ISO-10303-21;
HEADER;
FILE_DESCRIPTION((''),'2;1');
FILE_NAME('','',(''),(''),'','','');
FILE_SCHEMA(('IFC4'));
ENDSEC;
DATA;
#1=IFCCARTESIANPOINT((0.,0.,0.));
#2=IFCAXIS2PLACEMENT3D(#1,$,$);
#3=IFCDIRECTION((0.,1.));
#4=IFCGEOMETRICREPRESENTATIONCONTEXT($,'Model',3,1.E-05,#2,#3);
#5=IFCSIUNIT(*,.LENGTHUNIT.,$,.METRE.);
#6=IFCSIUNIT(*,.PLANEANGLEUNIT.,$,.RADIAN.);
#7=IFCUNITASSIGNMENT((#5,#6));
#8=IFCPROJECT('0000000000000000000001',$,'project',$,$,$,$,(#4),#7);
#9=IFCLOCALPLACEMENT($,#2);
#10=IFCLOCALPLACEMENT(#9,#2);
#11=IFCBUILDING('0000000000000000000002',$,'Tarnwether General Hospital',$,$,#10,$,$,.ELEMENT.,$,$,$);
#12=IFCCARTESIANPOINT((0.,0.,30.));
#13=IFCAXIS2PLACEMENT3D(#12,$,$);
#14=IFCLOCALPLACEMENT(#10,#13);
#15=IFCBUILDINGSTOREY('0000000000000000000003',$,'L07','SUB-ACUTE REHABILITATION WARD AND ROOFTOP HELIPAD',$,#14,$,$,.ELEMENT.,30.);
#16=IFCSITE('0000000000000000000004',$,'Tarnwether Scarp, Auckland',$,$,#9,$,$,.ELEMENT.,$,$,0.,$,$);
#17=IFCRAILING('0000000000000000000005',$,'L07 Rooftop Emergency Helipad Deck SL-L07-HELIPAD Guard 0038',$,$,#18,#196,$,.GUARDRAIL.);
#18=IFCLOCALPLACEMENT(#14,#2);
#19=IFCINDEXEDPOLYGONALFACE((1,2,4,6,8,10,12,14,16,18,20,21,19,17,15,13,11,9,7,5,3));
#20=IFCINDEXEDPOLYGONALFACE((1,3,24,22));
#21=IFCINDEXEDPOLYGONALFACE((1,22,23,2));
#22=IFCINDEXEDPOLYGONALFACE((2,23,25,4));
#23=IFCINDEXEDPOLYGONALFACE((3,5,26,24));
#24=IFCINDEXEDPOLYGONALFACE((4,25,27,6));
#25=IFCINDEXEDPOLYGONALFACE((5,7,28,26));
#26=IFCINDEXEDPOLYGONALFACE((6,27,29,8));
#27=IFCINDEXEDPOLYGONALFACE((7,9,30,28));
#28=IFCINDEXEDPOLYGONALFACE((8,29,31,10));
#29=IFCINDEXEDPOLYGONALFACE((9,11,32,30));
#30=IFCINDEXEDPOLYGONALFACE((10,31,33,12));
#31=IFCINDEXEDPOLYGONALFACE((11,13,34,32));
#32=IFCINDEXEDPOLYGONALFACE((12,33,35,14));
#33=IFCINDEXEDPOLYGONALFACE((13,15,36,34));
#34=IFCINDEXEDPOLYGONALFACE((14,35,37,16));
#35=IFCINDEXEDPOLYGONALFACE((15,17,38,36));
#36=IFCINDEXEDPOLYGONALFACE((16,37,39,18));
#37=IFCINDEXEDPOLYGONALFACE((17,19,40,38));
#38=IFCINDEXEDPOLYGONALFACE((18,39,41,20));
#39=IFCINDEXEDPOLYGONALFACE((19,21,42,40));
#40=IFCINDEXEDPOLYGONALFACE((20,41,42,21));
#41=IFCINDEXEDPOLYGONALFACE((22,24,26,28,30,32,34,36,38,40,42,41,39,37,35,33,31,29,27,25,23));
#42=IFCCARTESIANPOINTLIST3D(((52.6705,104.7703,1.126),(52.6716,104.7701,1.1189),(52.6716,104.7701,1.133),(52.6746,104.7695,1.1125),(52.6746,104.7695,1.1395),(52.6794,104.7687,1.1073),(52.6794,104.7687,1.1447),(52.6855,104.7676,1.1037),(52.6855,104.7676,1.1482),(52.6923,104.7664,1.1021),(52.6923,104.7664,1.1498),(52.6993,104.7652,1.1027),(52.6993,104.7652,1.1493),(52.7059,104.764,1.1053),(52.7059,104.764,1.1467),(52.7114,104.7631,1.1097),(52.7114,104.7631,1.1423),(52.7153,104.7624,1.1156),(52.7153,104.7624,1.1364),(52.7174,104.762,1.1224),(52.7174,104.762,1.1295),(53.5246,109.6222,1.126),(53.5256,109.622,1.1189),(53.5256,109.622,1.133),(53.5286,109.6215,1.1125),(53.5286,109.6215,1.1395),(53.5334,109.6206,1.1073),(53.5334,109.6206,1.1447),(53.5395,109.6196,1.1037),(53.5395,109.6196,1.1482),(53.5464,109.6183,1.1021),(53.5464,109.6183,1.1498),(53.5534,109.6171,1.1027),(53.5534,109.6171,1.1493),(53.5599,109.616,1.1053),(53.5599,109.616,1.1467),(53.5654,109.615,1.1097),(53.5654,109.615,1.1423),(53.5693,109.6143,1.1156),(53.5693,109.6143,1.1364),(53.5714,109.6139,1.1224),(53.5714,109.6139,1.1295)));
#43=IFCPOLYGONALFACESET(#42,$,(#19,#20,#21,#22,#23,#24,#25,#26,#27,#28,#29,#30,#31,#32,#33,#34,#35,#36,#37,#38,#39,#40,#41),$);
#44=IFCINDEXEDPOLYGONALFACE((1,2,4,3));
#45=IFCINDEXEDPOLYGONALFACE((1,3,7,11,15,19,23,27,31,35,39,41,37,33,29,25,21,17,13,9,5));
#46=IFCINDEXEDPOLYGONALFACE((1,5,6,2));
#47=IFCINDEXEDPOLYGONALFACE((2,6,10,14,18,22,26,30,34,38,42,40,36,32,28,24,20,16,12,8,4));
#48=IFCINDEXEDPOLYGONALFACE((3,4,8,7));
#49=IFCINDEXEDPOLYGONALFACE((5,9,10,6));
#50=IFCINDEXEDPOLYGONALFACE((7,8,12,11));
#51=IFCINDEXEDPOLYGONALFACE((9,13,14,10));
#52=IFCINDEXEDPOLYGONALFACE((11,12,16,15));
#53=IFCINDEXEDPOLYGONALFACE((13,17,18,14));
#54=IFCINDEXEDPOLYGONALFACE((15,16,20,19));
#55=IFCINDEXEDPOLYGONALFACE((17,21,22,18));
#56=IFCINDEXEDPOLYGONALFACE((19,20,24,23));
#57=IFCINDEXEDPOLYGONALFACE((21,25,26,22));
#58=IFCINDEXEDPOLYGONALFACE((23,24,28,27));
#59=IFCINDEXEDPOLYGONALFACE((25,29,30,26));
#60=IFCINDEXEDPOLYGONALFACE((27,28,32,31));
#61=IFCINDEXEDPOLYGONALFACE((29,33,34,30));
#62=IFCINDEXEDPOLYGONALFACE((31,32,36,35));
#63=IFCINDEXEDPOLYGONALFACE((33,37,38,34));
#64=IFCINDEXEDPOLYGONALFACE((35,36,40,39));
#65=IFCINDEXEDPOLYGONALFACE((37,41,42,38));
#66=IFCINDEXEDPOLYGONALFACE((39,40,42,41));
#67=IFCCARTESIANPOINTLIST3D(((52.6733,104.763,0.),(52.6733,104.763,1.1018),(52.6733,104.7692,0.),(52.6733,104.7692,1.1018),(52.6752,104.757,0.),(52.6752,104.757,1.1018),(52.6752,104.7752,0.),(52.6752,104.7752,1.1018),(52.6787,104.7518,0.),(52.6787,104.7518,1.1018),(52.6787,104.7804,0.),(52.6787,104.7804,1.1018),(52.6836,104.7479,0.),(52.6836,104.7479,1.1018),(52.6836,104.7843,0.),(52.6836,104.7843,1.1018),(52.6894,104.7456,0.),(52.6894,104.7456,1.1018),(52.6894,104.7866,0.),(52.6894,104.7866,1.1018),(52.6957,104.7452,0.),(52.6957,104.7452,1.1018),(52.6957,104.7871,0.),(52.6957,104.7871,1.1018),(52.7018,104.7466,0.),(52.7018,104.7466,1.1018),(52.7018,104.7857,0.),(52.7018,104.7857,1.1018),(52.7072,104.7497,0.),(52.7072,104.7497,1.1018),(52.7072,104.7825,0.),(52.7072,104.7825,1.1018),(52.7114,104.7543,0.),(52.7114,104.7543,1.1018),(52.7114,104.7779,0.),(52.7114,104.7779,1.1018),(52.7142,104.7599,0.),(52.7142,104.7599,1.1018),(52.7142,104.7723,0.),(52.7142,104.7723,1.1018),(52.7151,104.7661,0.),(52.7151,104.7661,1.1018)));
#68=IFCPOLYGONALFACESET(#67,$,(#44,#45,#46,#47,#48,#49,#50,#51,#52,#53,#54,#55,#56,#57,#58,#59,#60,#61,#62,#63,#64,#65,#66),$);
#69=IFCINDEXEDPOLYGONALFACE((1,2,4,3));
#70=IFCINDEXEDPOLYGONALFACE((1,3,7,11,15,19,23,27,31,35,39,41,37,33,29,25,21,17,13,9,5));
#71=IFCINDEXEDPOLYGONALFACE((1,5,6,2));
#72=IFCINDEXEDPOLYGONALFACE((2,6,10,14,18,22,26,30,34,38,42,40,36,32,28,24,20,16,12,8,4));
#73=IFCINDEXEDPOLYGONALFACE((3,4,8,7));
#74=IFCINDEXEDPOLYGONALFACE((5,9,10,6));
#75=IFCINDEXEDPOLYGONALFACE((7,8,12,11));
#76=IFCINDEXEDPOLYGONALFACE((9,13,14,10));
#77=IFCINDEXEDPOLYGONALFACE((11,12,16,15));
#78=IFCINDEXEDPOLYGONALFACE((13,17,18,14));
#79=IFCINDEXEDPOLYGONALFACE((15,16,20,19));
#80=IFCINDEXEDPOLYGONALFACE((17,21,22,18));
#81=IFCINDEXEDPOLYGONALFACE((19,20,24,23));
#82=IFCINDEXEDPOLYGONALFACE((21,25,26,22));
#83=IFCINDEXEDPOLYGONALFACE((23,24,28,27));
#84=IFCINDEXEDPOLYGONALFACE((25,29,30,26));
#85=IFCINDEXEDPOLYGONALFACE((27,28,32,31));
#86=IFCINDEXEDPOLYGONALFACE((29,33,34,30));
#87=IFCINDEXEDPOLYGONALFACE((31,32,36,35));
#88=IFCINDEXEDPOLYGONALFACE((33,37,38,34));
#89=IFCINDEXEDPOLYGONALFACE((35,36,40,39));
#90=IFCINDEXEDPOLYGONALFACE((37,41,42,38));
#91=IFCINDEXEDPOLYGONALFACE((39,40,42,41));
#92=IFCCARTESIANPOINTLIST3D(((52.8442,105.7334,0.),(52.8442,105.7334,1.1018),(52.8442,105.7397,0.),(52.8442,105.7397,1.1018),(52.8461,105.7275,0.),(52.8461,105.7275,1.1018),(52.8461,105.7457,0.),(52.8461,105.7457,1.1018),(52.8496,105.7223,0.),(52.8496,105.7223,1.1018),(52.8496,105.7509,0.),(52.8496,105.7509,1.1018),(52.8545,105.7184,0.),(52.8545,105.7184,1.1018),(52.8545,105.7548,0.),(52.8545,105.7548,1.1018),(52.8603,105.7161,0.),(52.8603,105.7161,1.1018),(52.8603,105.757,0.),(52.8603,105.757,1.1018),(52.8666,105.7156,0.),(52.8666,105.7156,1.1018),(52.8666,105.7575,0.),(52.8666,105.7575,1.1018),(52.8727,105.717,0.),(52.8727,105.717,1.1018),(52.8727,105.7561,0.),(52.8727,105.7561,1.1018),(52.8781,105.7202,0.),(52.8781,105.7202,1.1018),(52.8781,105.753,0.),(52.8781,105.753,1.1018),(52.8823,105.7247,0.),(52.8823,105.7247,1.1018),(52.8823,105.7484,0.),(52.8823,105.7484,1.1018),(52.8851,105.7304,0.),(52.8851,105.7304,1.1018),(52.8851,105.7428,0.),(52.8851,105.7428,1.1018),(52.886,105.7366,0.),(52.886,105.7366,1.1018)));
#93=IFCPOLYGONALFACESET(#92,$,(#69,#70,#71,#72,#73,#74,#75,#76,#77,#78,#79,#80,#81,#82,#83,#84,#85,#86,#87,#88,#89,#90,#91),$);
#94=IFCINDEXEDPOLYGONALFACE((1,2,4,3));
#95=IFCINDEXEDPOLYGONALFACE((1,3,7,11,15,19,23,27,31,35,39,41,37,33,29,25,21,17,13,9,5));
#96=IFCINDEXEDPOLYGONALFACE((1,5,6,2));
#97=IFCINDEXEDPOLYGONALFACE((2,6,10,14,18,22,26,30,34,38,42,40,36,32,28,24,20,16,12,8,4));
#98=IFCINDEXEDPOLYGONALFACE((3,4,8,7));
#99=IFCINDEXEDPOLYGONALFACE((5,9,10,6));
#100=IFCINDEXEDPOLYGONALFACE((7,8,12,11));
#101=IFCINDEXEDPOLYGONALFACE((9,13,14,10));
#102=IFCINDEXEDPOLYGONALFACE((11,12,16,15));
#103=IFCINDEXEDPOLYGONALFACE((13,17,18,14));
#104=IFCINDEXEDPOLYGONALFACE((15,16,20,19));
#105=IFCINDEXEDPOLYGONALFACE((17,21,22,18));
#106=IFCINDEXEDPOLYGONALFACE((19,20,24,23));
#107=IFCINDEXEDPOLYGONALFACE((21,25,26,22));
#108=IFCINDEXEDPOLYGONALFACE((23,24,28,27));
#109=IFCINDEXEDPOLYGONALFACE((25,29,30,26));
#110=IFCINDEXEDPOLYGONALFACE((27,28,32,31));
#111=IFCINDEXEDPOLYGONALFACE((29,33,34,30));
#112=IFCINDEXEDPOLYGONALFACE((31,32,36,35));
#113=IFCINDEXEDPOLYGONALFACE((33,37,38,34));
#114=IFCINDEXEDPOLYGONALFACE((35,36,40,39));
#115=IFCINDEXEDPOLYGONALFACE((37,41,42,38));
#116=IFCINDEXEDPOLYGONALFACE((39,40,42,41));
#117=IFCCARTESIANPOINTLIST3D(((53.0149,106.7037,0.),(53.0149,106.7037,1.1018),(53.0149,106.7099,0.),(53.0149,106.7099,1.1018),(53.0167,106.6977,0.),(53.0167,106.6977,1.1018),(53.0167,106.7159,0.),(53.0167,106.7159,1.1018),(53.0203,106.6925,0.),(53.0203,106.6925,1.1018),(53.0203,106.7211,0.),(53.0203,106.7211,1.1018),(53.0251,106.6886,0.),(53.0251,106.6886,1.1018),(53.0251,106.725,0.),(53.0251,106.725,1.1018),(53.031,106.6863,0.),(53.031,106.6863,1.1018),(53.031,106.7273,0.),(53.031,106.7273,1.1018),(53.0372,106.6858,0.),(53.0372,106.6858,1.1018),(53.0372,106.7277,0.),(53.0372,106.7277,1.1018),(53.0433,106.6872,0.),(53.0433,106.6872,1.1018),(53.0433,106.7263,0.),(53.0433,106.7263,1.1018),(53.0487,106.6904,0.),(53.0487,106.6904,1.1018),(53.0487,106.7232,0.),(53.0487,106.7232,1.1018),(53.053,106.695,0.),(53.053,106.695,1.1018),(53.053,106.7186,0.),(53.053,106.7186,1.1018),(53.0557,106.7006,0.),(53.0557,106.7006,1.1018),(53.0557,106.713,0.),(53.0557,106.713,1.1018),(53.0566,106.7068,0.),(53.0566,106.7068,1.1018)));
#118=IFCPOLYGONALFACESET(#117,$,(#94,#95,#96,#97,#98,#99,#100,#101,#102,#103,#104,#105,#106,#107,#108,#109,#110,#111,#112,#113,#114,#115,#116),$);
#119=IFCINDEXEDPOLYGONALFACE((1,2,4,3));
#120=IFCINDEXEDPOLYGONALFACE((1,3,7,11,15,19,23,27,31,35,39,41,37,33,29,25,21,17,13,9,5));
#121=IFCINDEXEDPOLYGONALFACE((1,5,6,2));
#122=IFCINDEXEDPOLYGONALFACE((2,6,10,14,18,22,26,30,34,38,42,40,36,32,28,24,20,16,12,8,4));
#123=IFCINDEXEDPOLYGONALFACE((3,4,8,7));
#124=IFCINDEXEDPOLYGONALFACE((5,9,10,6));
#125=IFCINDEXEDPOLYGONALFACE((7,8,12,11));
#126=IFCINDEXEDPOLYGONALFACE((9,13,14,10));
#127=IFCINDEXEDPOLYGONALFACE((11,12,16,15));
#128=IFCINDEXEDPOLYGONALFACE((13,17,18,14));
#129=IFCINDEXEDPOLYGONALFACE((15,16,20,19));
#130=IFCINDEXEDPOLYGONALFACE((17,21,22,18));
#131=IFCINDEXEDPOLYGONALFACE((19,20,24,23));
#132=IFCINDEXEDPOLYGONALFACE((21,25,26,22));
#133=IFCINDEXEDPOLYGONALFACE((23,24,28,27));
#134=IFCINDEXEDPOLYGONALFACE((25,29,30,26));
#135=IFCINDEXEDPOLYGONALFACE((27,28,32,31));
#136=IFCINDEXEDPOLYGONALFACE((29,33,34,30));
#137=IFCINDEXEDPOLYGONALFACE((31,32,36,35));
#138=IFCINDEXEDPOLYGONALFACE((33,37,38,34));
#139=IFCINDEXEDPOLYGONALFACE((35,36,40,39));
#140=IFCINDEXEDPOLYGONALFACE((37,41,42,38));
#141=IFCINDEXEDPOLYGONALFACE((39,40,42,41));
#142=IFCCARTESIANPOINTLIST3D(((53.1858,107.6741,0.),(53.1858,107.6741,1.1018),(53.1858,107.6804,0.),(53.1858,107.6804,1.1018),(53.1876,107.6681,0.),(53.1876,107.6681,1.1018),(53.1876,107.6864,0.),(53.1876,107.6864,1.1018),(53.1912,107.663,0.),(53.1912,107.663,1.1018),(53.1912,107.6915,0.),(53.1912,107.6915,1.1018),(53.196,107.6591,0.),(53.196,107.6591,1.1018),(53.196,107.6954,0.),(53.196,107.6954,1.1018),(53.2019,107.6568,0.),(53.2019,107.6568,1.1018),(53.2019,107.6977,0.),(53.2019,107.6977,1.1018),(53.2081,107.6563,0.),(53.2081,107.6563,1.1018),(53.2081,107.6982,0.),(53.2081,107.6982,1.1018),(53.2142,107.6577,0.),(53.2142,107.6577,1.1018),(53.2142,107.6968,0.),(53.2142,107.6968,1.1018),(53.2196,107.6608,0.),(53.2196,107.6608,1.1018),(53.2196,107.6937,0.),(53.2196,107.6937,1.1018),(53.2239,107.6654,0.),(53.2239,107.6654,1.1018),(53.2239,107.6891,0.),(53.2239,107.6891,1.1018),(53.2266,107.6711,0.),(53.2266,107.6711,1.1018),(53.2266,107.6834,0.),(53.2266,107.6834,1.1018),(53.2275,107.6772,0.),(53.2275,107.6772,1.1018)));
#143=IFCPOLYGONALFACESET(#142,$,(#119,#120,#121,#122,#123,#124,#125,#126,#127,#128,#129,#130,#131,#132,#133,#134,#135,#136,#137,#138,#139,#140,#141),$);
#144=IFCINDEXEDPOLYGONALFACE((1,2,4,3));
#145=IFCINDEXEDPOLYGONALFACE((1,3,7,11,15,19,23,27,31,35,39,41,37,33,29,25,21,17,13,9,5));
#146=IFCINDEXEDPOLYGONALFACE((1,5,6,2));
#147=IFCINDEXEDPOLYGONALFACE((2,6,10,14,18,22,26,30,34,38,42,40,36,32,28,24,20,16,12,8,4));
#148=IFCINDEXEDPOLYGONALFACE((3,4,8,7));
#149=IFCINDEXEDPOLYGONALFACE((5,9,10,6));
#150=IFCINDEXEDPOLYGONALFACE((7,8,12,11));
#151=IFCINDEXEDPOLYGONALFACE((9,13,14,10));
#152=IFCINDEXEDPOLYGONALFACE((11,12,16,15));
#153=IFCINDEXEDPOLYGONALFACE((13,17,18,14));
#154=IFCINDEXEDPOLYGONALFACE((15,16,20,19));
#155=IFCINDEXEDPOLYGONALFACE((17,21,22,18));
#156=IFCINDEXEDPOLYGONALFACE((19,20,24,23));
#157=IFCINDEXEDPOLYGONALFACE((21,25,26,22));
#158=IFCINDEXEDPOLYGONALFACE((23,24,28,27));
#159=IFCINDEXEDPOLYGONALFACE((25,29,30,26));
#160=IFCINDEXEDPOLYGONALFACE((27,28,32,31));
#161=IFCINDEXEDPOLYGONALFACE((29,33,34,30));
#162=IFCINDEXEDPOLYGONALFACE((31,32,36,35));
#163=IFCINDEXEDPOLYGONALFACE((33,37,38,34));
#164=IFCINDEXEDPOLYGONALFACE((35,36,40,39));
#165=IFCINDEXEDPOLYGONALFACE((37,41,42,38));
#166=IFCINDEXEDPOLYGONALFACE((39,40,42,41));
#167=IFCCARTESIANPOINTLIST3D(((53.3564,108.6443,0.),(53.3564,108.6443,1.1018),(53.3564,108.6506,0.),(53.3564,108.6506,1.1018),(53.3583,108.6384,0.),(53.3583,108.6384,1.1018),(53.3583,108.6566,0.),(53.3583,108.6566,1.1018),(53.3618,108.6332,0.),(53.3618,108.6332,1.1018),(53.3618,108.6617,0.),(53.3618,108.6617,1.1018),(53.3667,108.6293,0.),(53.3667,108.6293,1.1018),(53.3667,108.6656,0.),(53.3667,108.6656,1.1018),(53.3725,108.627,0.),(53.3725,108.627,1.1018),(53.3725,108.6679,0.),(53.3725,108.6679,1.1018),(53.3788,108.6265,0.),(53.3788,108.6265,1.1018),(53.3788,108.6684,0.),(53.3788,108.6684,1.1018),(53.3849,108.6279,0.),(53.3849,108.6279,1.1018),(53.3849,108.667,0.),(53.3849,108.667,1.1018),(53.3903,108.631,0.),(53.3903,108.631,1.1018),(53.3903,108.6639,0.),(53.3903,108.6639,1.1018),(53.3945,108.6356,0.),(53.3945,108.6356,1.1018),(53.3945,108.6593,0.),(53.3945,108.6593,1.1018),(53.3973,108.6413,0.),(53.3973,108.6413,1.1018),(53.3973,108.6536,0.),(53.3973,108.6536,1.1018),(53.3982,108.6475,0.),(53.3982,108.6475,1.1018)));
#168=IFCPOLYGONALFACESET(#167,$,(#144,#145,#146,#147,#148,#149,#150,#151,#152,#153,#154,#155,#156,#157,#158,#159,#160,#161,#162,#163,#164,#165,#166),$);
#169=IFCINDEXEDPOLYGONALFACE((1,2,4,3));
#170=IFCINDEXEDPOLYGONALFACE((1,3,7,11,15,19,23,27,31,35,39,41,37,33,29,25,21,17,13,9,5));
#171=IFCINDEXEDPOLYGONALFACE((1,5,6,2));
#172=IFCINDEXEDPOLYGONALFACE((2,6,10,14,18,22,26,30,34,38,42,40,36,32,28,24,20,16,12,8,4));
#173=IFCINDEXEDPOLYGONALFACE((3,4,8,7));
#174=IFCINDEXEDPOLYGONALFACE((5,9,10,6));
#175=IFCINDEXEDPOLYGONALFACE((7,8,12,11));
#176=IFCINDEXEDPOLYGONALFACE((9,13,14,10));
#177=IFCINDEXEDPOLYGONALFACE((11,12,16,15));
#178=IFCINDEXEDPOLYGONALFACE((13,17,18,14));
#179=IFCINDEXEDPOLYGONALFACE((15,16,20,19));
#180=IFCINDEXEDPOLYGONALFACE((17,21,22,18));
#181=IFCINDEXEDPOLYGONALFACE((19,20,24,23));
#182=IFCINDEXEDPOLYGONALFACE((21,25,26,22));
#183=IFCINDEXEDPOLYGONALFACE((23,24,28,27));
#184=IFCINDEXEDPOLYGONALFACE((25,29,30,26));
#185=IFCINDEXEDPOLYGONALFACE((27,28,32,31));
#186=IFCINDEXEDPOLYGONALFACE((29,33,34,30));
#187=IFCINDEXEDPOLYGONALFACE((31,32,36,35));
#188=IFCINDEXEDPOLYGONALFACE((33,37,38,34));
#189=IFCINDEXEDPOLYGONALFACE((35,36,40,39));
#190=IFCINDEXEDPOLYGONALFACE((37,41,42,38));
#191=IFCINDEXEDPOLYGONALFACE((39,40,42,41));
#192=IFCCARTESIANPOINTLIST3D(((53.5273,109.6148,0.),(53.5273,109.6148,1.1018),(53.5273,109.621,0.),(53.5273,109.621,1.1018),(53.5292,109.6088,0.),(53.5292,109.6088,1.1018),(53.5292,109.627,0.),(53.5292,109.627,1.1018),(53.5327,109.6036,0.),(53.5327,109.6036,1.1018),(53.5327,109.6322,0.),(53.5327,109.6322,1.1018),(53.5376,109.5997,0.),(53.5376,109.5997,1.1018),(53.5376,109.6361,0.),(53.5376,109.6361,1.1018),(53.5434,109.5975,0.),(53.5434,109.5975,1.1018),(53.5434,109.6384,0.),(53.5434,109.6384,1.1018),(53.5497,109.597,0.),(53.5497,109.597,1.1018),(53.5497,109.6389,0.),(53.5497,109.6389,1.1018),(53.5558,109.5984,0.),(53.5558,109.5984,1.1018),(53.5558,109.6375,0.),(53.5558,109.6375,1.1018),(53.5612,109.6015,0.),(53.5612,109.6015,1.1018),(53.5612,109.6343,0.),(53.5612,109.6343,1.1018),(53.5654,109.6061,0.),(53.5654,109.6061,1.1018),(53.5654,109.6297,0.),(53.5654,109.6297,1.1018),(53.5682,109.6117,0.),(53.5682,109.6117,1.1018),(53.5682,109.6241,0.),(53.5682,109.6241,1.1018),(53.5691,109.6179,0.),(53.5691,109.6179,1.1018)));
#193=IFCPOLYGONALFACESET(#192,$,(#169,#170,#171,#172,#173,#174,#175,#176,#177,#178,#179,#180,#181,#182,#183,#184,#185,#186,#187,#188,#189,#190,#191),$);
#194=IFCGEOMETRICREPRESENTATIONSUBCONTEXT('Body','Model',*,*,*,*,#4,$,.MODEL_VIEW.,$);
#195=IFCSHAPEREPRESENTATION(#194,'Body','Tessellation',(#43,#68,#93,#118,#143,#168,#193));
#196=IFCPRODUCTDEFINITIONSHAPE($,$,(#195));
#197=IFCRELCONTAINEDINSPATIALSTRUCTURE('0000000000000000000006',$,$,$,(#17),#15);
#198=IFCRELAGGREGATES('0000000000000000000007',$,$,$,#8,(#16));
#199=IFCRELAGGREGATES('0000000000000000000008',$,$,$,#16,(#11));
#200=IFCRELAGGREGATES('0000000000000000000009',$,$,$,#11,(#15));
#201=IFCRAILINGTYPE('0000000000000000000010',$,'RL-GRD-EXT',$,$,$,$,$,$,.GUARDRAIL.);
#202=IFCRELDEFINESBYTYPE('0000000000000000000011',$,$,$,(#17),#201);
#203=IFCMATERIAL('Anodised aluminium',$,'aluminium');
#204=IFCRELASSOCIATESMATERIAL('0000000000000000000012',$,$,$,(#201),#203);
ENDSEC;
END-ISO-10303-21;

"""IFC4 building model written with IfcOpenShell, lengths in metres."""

from ifc_helpers import new_model, si_unit, direction, frame, origin, origin_2d, place, context, subcontext, project, spatial, circle, extrude, material, type_object, element, save


model = new_model("IFC4")

# Units and contexts
model_context = context("Model", 3, precision=1e-05, world=origin(), true_north=direction((0.0, 1.0)))
body_context = subcontext(model_context, "Body", "Model", "MODEL_VIEW")
ifc_project = project(units=[si_unit("LENGTHUNIT", "METRE"), si_unit("PLANEANGLEUNIT", "RADIAN")], contexts=[model_context])

# Site, building, storey
site_placement = place(None, origin())
site = spatial("IfcSite", under=ifc_project, at=site_placement, Name="Tarnwether Scarp, Auckland", CompositionType="ELEMENT", RefElevation=0.0)
building_placement = place(site_placement, origin())
building = spatial("IfcBuilding", under=site, at=building_placement, Name="Tarnwether General Hospital", CompositionType="ELEMENT")
storey_placement = place(building_placement, frame((0.0, 0.0, 30.0)))
storey = spatial("IfcBuildingStorey", under=building, at=storey_placement, Name="L07", Description="SUB-ACUTE REHABILITATION WARD AND ROOFTOP HELIPAD", CompositionType="ELEMENT", Elevation=30.0)

# Railing
ifc_material_1 = material(Name="Anodised aluminium", Category="aluminium")
railing_type = type_object("IfcRailingType", Name="RL-GRD-EXT", PredefinedType="GUARDRAIL", material=ifc_material_1)
railing_placement = place(storey_placement, frame((52.6941, 104.7661, 0.0)))
element("IfcRailing", 1, at=railing_placement, inside=storey, type_object=railing_type, Name="L07 Rooftop Emergency Helipad Deck SL-L07-HELIPAD Guard 0038", PredefinedType="GUARDRAIL", context=body_context, shape_type="SweptSolid", body=[
    extrude(circle(Radius=0.0239, at=origin_2d()), frame((0.0, 0.0, 1.126), z_axis=(0.173353, 0.98486, 0.0), x_axis=(-0.98486, 0.173353, 0.0)), (0.0, 0.0, 1.0), 4.9265),
    extrude(circle(Radius=0.021, at=origin_2d()), origin(), (0.0, 0.0, 1.0), 1.1018),
    extrude(circle(Radius=0.021, at=origin_2d()), frame((0.1709, 0.9705, 0.0)), (0.0, 0.0, 1.0), 1.1018),
    extrude(circle(Radius=0.021, at=origin_2d()), frame((0.3416, 1.9407, 0.0)), (0.0, 0.0, 1.0), 1.1018),
    extrude(circle(Radius=0.021, at=origin_2d()), frame((0.5125, 2.9111, 0.0)), (0.0, 0.0, 1.0), 1.1018),
    extrude(circle(Radius=0.021, at=origin_2d()), frame((0.6831, 3.8813, 0.0)), (0.0, 0.0, 1.0), 1.1018),
    extrude(circle(Radius=0.021, at=origin_2d()), frame((0.854, 4.8518, 0.0)), (0.0, 0.0, 1.0), 1.1018),
])

save(model, "model.ifc")
